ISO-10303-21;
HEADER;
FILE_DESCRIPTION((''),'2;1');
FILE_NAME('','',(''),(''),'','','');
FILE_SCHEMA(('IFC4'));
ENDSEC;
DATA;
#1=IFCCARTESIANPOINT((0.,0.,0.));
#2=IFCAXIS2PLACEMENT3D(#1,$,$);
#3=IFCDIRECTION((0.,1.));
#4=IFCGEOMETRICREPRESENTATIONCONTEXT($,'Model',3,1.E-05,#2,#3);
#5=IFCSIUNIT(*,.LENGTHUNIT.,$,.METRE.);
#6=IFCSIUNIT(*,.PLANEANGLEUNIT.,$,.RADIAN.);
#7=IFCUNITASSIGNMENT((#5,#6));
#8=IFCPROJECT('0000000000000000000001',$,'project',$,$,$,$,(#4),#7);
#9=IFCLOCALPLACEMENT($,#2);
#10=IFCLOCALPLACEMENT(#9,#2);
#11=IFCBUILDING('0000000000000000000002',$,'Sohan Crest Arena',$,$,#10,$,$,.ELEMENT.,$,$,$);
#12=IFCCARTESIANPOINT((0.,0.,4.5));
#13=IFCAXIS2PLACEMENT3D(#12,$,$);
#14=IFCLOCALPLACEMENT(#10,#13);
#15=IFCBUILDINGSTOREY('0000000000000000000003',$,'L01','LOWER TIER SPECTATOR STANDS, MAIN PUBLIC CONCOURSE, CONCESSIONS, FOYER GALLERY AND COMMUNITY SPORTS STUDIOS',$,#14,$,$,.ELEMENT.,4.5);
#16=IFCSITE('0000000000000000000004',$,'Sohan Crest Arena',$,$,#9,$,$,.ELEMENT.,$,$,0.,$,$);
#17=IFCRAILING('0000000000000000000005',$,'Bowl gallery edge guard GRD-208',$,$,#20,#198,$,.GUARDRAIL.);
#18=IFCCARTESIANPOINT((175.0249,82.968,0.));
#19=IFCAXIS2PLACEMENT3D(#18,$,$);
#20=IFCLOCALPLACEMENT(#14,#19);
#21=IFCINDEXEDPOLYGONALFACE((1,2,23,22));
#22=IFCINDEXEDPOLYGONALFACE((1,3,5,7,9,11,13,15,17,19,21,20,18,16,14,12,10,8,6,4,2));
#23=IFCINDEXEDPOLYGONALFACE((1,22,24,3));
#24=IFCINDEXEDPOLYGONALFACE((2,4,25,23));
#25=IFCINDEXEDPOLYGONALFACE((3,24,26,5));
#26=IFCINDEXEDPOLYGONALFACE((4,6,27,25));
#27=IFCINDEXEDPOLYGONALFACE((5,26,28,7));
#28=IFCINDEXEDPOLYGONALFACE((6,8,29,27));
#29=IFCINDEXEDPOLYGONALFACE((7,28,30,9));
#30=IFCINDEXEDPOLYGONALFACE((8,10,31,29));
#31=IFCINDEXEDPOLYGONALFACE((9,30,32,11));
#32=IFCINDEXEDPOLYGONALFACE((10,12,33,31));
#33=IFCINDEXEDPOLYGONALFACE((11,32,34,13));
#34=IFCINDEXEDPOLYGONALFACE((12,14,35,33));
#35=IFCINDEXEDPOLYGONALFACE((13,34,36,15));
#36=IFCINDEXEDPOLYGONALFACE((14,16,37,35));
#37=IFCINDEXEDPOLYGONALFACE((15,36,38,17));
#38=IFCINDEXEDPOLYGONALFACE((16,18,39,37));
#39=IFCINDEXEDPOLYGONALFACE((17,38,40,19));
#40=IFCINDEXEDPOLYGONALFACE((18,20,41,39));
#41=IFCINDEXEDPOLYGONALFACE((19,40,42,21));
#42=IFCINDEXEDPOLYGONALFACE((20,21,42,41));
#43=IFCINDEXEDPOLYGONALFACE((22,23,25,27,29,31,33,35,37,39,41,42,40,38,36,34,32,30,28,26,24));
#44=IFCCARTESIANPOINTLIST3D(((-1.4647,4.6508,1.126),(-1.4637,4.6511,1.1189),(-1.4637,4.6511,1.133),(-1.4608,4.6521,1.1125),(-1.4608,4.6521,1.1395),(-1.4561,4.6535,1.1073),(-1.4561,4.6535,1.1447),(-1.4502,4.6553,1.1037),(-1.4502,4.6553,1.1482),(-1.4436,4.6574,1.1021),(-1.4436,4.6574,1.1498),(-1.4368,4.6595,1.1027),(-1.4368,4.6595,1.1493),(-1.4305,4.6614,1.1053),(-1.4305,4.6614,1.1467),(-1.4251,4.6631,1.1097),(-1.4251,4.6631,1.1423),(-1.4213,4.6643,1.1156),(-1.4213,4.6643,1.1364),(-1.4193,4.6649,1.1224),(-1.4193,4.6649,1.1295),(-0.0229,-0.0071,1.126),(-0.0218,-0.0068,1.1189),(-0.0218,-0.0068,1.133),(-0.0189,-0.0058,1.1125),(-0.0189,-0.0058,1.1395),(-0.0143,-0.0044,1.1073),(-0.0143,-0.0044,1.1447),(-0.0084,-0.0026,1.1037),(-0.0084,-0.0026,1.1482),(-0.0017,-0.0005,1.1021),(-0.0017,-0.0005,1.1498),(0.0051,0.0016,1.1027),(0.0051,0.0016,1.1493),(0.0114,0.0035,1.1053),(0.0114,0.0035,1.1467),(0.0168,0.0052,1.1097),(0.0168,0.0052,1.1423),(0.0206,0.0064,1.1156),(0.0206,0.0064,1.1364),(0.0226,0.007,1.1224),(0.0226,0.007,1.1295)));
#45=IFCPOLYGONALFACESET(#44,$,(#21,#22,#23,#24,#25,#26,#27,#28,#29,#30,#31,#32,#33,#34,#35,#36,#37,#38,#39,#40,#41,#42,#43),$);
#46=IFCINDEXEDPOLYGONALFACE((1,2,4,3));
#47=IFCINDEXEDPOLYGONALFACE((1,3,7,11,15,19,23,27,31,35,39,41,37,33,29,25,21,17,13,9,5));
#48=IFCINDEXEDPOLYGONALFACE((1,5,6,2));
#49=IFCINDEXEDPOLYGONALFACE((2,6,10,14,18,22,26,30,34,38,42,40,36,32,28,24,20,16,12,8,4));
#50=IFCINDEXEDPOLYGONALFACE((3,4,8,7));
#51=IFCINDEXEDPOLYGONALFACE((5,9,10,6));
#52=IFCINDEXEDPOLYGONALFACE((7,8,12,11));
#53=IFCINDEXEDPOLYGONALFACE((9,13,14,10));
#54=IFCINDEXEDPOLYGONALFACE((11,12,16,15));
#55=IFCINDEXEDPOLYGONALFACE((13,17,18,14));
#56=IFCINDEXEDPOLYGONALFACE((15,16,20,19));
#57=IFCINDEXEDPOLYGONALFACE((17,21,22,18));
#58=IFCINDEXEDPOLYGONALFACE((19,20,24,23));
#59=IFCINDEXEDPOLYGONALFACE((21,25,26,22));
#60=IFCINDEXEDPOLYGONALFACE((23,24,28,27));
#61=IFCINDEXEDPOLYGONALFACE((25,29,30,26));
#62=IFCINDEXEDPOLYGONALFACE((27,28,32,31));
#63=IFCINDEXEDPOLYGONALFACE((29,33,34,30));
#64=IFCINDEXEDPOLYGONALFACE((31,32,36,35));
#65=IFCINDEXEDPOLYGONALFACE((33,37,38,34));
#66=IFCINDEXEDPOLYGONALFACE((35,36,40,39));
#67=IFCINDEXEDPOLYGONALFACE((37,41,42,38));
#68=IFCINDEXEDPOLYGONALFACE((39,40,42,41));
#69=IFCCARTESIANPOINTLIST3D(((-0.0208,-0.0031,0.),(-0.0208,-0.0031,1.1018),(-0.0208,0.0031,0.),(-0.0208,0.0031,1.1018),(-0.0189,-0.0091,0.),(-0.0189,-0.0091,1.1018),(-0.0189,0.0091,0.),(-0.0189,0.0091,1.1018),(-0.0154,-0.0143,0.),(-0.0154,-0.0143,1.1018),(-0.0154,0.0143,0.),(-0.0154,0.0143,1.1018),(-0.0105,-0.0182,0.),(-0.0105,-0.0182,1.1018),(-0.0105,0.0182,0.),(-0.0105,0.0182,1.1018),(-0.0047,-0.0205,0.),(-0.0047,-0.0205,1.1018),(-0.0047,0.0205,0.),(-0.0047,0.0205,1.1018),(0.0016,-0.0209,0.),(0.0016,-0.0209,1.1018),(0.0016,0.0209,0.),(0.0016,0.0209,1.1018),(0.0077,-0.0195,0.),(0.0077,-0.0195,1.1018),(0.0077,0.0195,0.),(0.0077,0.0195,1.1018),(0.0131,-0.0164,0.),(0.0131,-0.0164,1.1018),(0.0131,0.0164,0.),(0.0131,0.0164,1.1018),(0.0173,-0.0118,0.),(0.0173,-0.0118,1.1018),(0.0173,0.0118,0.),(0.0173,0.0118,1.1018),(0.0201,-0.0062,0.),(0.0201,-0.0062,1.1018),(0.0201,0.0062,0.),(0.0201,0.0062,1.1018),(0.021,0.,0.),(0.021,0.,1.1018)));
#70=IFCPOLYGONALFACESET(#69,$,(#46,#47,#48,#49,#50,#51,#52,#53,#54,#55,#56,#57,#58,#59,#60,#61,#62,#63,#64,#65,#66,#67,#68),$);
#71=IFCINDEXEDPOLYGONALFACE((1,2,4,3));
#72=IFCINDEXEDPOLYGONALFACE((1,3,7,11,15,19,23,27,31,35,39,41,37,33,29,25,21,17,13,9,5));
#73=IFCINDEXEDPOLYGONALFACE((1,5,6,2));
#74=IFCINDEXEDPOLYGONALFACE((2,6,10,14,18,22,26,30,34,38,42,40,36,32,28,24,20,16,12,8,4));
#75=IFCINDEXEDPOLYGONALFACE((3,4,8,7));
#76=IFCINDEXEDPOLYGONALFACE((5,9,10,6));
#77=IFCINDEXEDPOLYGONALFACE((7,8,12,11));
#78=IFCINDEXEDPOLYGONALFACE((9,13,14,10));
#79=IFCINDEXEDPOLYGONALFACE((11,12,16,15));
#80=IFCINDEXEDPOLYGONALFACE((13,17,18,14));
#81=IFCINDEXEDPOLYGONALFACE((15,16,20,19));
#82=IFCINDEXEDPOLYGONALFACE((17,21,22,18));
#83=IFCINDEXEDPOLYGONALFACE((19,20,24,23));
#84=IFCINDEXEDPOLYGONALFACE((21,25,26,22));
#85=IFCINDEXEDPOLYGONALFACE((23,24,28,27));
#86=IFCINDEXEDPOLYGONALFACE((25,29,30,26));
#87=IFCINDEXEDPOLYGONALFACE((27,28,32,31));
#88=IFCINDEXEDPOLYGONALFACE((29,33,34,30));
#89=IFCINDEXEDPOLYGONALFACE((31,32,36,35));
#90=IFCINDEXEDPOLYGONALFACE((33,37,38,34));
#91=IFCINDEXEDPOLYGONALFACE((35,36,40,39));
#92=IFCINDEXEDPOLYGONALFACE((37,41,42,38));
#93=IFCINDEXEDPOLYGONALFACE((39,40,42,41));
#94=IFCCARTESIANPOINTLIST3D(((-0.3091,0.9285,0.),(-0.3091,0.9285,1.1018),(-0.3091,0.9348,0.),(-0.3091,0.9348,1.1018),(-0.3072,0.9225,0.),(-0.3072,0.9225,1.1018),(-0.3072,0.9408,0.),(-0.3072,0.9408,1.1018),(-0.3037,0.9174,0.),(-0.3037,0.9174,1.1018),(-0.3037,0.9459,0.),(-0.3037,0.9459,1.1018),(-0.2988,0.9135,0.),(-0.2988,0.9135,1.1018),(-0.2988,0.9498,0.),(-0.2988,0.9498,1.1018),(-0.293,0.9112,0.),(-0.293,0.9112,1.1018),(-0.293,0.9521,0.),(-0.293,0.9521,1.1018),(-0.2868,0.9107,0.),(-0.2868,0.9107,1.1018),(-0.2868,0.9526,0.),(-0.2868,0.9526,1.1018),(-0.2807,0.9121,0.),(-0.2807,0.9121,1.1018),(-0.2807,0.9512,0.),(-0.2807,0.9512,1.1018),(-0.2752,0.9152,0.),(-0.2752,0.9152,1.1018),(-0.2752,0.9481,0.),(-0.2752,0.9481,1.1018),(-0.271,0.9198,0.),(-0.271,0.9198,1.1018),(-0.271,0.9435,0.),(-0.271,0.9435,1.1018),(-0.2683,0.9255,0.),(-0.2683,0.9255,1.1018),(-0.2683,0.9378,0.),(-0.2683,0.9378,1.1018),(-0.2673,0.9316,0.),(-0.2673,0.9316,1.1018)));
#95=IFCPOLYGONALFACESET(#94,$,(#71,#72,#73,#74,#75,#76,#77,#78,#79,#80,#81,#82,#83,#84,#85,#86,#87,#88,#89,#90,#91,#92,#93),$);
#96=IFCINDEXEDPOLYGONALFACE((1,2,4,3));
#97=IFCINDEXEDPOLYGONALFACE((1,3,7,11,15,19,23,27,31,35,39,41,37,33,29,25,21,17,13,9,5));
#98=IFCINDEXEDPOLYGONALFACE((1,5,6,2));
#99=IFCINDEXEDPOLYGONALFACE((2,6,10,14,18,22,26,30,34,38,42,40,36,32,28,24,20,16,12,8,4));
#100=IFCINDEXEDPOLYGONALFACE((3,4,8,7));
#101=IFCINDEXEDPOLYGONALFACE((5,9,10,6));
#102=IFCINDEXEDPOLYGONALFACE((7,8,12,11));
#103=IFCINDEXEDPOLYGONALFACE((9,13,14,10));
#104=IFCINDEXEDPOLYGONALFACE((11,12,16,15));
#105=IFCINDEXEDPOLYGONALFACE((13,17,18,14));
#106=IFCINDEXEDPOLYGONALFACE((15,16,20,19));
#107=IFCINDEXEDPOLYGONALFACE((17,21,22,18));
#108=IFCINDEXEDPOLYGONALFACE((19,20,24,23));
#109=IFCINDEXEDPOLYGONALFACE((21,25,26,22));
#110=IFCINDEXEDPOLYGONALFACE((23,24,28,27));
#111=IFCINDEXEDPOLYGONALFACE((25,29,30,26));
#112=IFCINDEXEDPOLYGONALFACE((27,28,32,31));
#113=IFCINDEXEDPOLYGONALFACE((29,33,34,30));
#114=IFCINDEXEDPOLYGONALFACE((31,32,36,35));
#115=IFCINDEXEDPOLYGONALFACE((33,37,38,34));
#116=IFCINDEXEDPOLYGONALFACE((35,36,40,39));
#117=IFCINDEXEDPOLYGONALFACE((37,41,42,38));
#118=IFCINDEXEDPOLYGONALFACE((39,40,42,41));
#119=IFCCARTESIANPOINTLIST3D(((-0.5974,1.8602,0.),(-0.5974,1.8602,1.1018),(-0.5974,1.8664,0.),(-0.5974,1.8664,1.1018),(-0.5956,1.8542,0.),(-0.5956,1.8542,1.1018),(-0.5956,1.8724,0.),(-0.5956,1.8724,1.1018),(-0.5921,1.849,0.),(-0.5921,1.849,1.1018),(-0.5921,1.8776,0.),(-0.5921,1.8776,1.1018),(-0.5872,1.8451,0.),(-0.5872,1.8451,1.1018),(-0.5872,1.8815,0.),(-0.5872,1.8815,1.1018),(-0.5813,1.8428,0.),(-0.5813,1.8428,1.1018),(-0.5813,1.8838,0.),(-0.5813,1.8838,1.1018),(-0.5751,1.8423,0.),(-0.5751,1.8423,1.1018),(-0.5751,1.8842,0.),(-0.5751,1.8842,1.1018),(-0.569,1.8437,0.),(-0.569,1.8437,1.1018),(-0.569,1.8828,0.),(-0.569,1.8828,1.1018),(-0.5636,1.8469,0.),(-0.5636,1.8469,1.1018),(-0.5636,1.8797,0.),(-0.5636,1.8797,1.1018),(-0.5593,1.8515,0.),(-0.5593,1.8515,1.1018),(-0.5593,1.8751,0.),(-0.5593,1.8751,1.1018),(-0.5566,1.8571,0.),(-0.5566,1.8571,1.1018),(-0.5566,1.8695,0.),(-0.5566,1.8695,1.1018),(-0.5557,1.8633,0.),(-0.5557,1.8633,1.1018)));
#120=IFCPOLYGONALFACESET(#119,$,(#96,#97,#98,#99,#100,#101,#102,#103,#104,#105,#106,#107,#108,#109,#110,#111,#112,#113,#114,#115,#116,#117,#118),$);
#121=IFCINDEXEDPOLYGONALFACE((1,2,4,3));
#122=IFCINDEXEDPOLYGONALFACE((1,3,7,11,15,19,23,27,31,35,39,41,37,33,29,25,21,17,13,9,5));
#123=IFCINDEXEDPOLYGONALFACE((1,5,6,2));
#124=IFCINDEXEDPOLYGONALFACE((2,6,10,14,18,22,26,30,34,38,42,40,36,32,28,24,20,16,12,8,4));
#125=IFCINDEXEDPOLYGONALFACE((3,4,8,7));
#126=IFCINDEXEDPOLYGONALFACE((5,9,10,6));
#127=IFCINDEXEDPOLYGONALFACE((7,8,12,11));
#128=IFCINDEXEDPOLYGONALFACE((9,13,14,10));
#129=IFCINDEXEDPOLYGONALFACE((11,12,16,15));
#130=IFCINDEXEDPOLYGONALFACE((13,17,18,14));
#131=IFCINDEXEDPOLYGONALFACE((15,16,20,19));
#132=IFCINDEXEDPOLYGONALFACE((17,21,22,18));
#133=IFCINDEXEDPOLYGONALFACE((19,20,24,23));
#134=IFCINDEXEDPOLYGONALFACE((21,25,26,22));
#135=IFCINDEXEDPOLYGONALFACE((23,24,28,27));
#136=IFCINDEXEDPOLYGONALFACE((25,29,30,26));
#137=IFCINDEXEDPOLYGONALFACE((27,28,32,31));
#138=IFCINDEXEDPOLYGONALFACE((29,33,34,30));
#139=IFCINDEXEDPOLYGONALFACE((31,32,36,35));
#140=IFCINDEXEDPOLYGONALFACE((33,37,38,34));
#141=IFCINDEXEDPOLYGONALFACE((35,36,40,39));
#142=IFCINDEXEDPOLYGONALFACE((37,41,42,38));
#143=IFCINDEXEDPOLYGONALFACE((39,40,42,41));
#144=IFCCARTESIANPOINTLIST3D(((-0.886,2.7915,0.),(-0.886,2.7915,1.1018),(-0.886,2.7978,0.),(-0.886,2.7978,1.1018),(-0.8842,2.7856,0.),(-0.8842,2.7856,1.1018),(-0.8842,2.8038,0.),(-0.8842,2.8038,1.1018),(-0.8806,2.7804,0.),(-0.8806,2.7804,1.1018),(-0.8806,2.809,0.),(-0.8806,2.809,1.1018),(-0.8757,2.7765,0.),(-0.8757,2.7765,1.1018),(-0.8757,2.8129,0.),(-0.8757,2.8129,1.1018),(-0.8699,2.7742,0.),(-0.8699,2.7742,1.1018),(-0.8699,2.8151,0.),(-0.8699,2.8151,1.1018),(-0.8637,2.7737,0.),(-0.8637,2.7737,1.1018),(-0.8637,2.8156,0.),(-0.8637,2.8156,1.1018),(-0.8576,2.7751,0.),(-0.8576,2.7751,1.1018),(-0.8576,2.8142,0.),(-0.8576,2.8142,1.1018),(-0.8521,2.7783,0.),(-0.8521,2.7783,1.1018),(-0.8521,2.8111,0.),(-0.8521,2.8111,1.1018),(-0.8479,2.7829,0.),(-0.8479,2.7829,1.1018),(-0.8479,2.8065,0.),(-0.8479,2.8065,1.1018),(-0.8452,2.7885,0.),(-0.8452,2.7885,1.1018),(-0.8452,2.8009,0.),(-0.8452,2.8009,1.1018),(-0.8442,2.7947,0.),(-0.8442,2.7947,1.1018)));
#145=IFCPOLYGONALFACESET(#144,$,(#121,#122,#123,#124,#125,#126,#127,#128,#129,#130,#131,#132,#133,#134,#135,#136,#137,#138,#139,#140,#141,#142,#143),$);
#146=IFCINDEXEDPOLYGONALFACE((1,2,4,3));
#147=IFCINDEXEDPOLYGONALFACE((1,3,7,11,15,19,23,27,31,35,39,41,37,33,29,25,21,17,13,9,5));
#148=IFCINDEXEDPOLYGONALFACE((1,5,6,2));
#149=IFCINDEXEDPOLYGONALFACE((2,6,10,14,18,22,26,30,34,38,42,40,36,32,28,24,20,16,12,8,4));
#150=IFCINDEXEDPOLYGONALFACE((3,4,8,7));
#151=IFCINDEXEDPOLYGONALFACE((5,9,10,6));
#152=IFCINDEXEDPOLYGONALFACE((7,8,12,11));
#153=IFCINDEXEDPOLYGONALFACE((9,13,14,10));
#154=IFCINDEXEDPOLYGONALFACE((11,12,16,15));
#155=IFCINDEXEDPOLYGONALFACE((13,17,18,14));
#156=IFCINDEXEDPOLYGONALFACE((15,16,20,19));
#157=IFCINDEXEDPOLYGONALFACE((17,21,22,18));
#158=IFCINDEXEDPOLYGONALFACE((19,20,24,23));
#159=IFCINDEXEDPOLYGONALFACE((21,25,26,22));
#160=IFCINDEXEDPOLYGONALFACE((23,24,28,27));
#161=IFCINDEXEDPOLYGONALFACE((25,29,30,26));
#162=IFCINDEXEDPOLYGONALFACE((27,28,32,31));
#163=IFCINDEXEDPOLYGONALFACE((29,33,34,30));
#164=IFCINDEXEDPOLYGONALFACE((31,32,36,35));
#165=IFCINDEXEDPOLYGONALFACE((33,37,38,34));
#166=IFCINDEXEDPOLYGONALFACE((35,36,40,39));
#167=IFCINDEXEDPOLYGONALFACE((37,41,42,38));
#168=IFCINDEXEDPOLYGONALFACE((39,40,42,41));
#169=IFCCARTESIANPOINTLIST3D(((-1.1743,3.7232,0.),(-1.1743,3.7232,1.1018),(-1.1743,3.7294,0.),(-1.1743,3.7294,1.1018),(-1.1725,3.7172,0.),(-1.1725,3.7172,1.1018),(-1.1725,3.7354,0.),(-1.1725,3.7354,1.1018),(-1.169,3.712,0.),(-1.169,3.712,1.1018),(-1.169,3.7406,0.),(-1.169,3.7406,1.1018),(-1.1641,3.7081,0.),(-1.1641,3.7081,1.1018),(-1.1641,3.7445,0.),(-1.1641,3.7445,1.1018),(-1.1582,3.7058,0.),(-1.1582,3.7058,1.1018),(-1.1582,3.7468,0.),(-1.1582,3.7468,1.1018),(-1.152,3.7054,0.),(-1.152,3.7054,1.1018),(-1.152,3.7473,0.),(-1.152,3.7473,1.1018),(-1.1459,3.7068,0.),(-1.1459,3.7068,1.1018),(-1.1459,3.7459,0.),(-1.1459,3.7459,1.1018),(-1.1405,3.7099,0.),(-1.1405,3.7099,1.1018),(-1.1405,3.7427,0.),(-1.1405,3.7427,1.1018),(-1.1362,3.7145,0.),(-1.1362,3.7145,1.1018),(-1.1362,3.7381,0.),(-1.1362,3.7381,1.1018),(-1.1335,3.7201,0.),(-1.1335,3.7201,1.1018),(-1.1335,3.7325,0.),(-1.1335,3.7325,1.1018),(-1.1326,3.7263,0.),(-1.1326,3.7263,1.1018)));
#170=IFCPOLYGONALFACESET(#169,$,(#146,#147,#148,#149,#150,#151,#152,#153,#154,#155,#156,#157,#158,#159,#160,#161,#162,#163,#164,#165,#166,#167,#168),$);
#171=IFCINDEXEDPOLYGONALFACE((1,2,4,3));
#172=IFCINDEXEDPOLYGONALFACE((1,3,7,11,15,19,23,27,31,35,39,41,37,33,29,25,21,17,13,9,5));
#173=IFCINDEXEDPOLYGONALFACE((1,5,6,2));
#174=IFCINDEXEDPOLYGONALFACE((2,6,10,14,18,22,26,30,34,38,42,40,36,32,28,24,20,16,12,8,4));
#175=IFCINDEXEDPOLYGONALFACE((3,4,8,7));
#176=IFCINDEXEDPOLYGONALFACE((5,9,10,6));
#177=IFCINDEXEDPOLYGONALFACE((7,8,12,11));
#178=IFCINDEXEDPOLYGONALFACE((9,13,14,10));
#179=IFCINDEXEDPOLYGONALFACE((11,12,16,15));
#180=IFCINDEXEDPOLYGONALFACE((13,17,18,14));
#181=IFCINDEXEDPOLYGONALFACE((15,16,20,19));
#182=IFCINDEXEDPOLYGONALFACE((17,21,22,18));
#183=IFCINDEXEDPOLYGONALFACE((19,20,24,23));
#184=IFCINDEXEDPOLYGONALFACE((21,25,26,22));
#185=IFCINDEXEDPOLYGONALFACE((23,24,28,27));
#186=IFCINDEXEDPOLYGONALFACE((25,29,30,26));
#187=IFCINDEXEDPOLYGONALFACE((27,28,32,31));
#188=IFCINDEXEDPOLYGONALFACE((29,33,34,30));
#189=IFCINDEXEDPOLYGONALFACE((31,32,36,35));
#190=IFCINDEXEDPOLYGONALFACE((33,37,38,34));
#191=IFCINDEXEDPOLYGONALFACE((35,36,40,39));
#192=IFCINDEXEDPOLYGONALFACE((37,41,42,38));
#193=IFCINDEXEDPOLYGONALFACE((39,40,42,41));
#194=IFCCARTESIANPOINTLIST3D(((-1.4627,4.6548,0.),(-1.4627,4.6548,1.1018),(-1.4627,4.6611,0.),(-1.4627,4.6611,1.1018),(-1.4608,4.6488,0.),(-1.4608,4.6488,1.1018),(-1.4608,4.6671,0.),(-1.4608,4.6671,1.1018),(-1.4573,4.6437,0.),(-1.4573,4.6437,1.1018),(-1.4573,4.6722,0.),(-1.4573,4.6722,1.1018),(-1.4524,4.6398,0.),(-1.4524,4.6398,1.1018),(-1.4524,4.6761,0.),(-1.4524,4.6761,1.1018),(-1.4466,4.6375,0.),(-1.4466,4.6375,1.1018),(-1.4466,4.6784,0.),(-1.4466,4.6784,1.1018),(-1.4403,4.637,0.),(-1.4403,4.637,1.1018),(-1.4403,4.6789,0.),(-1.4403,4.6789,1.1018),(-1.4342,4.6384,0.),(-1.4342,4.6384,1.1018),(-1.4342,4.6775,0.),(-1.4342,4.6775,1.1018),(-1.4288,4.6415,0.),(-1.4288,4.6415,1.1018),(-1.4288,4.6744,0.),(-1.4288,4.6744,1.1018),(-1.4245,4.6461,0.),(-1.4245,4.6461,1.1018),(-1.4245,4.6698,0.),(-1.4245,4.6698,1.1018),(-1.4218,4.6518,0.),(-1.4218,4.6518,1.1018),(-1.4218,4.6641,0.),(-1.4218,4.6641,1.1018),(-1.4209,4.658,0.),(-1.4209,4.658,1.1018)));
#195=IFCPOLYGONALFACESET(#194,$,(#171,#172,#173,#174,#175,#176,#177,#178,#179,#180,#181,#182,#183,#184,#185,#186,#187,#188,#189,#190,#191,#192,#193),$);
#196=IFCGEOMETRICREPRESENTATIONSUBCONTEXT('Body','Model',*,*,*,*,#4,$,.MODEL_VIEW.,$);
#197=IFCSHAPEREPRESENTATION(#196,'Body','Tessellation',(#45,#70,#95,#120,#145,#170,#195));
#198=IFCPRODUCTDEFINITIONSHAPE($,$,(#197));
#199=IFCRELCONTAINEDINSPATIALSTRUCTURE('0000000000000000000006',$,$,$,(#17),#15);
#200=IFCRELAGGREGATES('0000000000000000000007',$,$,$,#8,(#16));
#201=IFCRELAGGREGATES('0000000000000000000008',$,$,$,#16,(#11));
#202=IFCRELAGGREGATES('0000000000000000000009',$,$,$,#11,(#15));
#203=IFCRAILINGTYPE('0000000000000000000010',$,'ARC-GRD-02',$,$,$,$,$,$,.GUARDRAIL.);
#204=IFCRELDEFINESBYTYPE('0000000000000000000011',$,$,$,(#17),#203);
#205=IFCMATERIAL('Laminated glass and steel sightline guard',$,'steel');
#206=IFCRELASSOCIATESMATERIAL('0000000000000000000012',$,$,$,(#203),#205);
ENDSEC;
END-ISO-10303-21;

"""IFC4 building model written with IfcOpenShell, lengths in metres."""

from ifc_helpers import new_model, si_unit, direction, frame, origin, origin_2d, place, context, subcontext, project, spatial, circle, extrude, material, type_object, element, save


model = new_model("IFC4")

# Units and contexts
model_context = context("Model", 3, precision=1e-05, world=origin(), true_north=direction((0.0, 1.0)))
body_context = subcontext(model_context, "Body", "Model", "MODEL_VIEW")
ifc_project = project(units=[si_unit("LENGTHUNIT", "METRE"), si_unit("PLANEANGLEUNIT", "RADIAN")], contexts=[model_context])

# Site, building, storey
site_placement = place(None, origin())
site = spatial("IfcSite", under=ifc_project, at=site_placement, Name="Sohan Crest Arena", CompositionType="ELEMENT", RefElevation=0.0)
building_placement = place(site_placement, origin())
building = spatial("IfcBuilding", under=site, at=building_placement, Name="Sohan Crest Arena", CompositionType="ELEMENT")
storey_placement = place(building_placement, frame((0.0, 0.0, 4.5)))
storey = spatial("IfcBuildingStorey", under=building, at=storey_placement, Name="L01", Description="LOWER TIER SPECTATOR STANDS, MAIN PUBLIC CONCOURSE, CONCESSIONS, FOYER GALLERY AND COMMUNITY SPORTS STUDIOS", CompositionType="ELEMENT", Elevation=4.5)

# Railing
ifc_material_1 = material(Name="Laminated glass and steel sightline guard", Category="steel")
railing_type = type_object("IfcRailingType", Name="ARC-GRD-02", PredefinedType="GUARDRAIL", material=ifc_material_1)
railing_1_placement = place(storey_placement, frame((175.0249, 82.968, 0.0)))
element("IfcRailing", 1, at=railing_1_placement, inside=storey, type_object=railing_type, Name="Bowl gallery edge guard GRD-208", PredefinedType="GUARDRAIL", context=body_context, shape_type="SweptSolid", body=[
    extrude(circle(Radius=0.0239, at=origin_2d()), frame((0.0, 0.0, 1.126), z_axis=(-0.295711, 0.955277, 0.0), x_axis=(-0.955277, -0.295711, 0.0)), (0.0, 0.0, 1.0), 4.876),
    extrude(circle(Radius=0.021, at=origin_2d()), origin(), (0.0, 0.0, 1.0), 1.1018),
    extrude(circle(Radius=0.021, at=origin_2d()), frame((-0.2883, 0.9316, 0.0)), (0.0, 0.0, 1.0), 1.1018),
    extrude(circle(Radius=0.021, at=origin_2d()), frame((-0.5767, 1.8633, 0.0)), (0.0, 0.0, 1.0), 1.1018),
    extrude(circle(Radius=0.021, at=origin_2d()), frame((-0.8652, 2.7947, 0.0)), (0.0, 0.0, 1.0), 1.1018),
    extrude(circle(Radius=0.021, at=origin_2d()), frame((-1.1536, 3.7263, 0.0)), (0.0, 0.0, 1.0), 1.1018),
    extrude(circle(Radius=0.021, at=origin_2d()), frame((-1.4419, 4.658, 0.0)), (0.0, 0.0, 1.0), 1.1018),
])

save(model, "model.ifc")
